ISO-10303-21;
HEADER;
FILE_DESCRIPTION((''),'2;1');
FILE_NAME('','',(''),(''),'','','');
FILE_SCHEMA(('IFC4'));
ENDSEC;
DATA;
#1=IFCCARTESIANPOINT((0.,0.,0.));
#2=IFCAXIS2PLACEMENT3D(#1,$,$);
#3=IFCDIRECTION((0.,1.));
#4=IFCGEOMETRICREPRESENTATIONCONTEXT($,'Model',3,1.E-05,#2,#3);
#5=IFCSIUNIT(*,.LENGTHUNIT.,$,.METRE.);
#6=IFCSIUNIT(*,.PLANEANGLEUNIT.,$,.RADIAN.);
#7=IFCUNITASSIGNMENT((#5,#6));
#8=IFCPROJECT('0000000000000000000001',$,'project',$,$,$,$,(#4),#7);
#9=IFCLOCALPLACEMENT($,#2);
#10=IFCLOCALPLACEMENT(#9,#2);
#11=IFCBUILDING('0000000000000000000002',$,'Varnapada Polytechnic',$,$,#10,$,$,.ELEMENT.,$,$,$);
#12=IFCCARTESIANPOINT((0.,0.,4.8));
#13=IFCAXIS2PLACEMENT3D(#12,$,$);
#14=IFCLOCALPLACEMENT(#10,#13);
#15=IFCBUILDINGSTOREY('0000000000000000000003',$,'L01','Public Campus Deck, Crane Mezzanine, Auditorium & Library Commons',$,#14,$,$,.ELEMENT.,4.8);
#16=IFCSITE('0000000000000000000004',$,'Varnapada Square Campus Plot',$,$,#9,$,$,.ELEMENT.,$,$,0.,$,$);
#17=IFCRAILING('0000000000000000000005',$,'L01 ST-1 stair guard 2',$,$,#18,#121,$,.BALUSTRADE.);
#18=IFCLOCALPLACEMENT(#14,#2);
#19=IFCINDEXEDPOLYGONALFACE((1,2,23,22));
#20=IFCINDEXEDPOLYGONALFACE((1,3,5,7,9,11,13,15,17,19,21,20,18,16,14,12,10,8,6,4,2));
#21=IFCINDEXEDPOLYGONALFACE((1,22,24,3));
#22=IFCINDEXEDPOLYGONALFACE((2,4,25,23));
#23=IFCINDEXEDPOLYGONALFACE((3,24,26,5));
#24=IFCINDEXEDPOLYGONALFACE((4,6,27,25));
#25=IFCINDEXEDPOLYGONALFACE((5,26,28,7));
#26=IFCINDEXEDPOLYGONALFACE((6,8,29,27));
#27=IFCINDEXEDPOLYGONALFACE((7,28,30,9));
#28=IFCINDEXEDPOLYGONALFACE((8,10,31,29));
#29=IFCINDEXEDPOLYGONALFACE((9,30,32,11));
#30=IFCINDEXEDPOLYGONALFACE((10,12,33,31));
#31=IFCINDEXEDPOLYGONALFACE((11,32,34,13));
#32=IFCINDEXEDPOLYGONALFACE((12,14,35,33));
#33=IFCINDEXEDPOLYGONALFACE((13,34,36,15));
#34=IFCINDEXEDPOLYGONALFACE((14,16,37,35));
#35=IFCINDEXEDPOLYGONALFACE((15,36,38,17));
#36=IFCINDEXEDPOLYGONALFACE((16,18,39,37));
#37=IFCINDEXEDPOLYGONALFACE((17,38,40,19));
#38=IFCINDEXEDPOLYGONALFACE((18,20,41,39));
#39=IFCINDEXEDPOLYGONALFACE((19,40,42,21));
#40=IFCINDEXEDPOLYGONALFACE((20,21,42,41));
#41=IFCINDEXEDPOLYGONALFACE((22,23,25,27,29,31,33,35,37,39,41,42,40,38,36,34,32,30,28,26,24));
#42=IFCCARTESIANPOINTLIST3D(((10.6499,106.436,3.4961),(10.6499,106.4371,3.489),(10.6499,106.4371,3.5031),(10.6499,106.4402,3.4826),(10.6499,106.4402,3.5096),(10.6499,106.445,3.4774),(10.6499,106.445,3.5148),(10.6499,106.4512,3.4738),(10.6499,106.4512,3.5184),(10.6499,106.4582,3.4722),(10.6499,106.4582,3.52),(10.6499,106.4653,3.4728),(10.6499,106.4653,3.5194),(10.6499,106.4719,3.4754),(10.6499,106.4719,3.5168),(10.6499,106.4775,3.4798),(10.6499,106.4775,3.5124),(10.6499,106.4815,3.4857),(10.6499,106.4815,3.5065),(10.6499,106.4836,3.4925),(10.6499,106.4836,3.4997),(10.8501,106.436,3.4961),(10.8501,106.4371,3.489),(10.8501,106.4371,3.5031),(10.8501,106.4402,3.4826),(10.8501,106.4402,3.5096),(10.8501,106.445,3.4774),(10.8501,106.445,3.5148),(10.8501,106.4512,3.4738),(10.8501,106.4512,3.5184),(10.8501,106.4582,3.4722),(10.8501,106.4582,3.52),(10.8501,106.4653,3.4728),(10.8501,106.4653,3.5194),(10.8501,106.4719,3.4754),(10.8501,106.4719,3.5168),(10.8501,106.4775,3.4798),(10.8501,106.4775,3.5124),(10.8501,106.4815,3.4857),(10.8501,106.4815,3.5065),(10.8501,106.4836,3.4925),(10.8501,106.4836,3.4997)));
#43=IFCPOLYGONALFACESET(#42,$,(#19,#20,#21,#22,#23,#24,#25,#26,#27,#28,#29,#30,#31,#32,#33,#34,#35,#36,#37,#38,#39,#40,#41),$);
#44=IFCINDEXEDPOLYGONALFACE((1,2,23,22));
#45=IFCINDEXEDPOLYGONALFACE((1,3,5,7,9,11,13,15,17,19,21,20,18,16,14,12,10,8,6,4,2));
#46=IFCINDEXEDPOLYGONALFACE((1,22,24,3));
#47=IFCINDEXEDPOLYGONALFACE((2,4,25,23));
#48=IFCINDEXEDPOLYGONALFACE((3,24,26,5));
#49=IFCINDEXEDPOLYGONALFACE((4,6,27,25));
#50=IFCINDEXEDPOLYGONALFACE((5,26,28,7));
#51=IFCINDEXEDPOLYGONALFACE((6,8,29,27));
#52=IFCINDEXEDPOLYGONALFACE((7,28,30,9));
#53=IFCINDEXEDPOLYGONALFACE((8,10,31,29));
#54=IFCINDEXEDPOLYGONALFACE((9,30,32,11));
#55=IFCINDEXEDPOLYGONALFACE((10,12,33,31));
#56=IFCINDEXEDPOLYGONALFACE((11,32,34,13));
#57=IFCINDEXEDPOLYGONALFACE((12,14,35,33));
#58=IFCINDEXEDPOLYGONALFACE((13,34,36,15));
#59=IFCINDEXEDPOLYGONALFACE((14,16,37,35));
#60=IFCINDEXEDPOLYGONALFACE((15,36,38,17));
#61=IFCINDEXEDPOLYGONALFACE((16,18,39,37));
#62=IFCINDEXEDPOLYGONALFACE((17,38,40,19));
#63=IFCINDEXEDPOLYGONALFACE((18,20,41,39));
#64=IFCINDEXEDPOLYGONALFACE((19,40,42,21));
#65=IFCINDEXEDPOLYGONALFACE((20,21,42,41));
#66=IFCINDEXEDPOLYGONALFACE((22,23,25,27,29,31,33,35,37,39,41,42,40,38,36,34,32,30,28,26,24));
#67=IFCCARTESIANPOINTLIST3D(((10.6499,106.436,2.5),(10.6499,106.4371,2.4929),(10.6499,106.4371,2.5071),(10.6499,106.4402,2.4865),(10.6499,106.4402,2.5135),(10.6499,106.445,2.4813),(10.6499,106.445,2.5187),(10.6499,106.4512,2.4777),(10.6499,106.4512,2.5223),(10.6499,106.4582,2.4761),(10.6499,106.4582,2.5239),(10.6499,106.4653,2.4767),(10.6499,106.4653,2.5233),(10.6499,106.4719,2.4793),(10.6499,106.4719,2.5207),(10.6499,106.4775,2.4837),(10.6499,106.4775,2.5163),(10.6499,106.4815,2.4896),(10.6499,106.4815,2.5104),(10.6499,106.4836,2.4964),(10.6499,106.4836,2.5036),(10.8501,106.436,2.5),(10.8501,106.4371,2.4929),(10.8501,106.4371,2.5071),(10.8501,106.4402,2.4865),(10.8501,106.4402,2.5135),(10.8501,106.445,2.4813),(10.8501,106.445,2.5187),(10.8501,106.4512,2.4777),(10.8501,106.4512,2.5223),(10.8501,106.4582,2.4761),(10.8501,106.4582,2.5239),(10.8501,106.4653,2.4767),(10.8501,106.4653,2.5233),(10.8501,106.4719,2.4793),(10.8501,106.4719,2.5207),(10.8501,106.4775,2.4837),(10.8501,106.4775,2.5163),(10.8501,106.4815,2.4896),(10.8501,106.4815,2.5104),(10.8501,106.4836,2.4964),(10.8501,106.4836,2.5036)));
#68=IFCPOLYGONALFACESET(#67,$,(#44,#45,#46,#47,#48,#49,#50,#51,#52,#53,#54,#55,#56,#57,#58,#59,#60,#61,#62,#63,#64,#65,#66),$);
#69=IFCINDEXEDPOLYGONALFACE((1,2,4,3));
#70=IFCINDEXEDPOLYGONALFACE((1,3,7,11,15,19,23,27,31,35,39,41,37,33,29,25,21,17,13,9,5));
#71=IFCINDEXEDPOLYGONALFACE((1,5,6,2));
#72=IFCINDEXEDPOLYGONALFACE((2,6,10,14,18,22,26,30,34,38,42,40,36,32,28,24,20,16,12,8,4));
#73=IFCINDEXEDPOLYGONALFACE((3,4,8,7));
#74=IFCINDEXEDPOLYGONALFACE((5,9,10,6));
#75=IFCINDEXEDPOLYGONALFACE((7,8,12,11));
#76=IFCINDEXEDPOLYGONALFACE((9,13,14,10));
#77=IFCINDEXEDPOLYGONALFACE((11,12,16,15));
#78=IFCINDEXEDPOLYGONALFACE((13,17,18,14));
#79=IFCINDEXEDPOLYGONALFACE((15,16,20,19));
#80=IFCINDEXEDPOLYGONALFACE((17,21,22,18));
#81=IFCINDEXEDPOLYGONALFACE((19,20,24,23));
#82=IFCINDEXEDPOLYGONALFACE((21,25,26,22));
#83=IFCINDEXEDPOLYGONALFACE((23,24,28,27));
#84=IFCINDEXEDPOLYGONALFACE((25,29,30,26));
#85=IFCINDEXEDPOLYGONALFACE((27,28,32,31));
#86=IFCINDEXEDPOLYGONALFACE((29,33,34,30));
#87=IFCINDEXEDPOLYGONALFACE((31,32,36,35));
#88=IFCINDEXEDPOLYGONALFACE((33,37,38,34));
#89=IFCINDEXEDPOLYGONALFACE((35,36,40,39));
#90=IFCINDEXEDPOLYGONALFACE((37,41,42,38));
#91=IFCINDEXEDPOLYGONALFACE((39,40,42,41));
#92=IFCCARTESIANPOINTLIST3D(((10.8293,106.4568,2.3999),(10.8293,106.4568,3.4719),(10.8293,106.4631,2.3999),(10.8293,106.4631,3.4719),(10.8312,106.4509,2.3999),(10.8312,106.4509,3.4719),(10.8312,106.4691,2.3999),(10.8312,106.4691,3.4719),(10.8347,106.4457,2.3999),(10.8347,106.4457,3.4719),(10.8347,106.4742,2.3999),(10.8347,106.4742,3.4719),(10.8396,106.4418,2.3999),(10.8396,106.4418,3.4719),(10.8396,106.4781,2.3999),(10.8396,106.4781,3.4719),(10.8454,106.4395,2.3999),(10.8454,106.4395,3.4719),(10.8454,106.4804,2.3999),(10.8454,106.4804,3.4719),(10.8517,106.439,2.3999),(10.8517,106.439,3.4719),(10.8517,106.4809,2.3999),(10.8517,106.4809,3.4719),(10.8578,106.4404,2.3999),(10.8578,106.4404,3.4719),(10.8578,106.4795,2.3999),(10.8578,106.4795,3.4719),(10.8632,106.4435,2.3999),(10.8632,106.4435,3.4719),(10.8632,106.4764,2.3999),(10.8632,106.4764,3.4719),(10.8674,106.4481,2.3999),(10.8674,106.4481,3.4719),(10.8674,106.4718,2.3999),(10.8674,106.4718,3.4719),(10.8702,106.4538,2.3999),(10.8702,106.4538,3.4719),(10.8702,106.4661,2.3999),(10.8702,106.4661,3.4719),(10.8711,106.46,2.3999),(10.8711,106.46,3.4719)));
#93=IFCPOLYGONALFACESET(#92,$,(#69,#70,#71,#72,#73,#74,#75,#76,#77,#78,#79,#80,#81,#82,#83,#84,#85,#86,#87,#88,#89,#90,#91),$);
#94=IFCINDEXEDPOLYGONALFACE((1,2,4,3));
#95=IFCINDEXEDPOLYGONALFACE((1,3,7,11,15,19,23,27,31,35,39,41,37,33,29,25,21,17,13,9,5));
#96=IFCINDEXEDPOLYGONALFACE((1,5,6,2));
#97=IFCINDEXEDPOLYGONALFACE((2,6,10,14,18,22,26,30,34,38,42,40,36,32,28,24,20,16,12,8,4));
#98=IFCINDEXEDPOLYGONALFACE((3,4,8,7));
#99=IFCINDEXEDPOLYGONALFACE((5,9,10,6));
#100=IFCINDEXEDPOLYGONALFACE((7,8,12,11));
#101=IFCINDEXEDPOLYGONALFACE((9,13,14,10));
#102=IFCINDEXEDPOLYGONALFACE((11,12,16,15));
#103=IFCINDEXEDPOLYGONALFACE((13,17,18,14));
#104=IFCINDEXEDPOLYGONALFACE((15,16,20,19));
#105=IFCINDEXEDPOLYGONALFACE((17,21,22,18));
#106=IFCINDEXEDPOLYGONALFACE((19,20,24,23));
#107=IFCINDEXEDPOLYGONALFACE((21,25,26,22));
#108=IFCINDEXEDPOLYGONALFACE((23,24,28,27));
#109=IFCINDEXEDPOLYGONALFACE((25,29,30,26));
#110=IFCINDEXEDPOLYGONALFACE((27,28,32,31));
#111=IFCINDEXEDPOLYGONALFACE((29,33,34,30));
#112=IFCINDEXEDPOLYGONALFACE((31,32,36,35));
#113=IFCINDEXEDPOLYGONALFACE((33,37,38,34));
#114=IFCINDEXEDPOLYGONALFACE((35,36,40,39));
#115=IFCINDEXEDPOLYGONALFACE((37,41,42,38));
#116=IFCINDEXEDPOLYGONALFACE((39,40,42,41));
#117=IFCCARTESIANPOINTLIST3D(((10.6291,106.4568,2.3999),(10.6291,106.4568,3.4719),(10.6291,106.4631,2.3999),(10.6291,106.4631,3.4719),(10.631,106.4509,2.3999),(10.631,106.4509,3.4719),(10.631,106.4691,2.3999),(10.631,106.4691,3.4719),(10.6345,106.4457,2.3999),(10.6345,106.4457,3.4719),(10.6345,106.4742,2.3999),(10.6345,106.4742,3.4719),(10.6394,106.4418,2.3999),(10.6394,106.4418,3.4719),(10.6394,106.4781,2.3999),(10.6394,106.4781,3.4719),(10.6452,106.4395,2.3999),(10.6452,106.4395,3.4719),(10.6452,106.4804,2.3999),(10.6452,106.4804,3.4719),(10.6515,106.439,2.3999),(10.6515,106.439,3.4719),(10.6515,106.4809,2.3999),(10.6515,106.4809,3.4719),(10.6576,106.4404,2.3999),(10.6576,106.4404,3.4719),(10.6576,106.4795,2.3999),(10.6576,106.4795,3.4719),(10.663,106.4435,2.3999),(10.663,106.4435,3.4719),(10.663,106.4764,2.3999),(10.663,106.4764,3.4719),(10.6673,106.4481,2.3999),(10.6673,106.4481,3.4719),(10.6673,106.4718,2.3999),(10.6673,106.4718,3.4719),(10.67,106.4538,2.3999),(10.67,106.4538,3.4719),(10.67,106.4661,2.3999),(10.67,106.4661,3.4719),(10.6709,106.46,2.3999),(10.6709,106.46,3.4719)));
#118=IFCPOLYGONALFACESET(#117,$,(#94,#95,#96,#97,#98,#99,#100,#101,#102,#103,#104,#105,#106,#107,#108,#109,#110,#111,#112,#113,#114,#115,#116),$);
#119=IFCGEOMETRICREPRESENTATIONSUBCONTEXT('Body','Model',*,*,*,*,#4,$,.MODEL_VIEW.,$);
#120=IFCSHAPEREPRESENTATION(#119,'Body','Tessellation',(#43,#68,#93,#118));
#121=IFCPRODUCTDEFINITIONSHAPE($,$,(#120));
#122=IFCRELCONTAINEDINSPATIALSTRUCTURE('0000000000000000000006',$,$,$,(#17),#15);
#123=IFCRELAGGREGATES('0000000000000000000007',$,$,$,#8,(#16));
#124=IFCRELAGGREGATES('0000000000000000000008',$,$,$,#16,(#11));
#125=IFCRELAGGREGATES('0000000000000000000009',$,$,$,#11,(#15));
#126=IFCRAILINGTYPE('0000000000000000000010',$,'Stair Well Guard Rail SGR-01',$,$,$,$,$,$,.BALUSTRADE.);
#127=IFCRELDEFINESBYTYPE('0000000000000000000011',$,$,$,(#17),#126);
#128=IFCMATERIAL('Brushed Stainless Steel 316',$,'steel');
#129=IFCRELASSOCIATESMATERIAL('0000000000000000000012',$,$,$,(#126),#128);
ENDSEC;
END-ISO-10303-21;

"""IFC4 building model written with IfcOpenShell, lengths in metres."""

from ifc_helpers import new_model, si_unit, direction, frame, origin, origin_2d, place, context, subcontext, project, spatial, circle, extrude, material, type_object, element, save


model = new_model("IFC4")

# Units and contexts
model_context = context("Model", 3, precision=1e-05, world=origin(), true_north=direction((0.0, 1.0)))
body_context = subcontext(model_context, "Body", "Model", "MODEL_VIEW")
ifc_project = project(units=[si_unit("LENGTHUNIT", "METRE"), si_unit("PLANEANGLEUNIT", "RADIAN")], contexts=[model_context])

# Site, building, storey
site_placement = place(None, origin())
site = spatial("IfcSite", under=ifc_project, at=site_placement, Name="Varnapada Square Campus Plot", CompositionType="ELEMENT", RefElevation=0.0)
building_placement = place(site_placement, origin())
building = spatial("IfcBuilding", under=site, at=building_placement, Name="Varnapada Polytechnic", CompositionType="ELEMENT")
storey_placement = place(building_placement, frame((0.0, 0.0, 4.8)))
storey = spatial("IfcBuildingStorey", under=building, at=storey_placement, Name="L01", Description="Public Campus Deck, Crane Mezzanine, Auditorium & Library Commons", CompositionType="ELEMENT", Elevation=4.8)

# Shared definitions
ifc_material_1 = material(Name="Brushed Stainless Steel 316", Category="steel")

# Railing
railing_type_1 = type_object("IfcRailingType", Name="Stair Well Guard Rail SGR-01", PredefinedType="BALUSTRADE", material=ifc_material_1)
railing_1_placement = place(storey_placement, frame((10.8501, 106.46, 2.3999)))
element("IfcRailing", 1, at=railing_1_placement, inside=storey, type_object=railing_type_1, Name="L01 ST-1 stair guard 2", PredefinedType="BALUSTRADE", context=body_context, shape_type="SweptSolid", body=[
    extrude(circle(Radius=0.0239, at=origin_2d()), frame((0.0, 0.0, 1.0962), z_axis=(-1.0, 0.0, 0.0), x_axis=(0.0, -1.0, 0.0)), (0.0, 0.0, 1.0), 0.2002),
    extrude(circle(Radius=0.0239, at=origin_2d()), frame((0.0, 0.0, 0.1001), z_axis=(-1.0, 0.0, 0.0), x_axis=(0.0, -1.0, 0.0)), (0.0, 0.0, 1.0), 0.2002),
    extrude(circle(Radius=0.021, at=origin_2d()), origin(), (0.0, 0.0, 1.0), 1.072),
    extrude(circle(Radius=0.021, at=origin_2d()), frame((-0.2002, 0.0, 0.0)), (0.0, 0.0, 1.0), 1.072),
])

save(model, "model.ifc")
